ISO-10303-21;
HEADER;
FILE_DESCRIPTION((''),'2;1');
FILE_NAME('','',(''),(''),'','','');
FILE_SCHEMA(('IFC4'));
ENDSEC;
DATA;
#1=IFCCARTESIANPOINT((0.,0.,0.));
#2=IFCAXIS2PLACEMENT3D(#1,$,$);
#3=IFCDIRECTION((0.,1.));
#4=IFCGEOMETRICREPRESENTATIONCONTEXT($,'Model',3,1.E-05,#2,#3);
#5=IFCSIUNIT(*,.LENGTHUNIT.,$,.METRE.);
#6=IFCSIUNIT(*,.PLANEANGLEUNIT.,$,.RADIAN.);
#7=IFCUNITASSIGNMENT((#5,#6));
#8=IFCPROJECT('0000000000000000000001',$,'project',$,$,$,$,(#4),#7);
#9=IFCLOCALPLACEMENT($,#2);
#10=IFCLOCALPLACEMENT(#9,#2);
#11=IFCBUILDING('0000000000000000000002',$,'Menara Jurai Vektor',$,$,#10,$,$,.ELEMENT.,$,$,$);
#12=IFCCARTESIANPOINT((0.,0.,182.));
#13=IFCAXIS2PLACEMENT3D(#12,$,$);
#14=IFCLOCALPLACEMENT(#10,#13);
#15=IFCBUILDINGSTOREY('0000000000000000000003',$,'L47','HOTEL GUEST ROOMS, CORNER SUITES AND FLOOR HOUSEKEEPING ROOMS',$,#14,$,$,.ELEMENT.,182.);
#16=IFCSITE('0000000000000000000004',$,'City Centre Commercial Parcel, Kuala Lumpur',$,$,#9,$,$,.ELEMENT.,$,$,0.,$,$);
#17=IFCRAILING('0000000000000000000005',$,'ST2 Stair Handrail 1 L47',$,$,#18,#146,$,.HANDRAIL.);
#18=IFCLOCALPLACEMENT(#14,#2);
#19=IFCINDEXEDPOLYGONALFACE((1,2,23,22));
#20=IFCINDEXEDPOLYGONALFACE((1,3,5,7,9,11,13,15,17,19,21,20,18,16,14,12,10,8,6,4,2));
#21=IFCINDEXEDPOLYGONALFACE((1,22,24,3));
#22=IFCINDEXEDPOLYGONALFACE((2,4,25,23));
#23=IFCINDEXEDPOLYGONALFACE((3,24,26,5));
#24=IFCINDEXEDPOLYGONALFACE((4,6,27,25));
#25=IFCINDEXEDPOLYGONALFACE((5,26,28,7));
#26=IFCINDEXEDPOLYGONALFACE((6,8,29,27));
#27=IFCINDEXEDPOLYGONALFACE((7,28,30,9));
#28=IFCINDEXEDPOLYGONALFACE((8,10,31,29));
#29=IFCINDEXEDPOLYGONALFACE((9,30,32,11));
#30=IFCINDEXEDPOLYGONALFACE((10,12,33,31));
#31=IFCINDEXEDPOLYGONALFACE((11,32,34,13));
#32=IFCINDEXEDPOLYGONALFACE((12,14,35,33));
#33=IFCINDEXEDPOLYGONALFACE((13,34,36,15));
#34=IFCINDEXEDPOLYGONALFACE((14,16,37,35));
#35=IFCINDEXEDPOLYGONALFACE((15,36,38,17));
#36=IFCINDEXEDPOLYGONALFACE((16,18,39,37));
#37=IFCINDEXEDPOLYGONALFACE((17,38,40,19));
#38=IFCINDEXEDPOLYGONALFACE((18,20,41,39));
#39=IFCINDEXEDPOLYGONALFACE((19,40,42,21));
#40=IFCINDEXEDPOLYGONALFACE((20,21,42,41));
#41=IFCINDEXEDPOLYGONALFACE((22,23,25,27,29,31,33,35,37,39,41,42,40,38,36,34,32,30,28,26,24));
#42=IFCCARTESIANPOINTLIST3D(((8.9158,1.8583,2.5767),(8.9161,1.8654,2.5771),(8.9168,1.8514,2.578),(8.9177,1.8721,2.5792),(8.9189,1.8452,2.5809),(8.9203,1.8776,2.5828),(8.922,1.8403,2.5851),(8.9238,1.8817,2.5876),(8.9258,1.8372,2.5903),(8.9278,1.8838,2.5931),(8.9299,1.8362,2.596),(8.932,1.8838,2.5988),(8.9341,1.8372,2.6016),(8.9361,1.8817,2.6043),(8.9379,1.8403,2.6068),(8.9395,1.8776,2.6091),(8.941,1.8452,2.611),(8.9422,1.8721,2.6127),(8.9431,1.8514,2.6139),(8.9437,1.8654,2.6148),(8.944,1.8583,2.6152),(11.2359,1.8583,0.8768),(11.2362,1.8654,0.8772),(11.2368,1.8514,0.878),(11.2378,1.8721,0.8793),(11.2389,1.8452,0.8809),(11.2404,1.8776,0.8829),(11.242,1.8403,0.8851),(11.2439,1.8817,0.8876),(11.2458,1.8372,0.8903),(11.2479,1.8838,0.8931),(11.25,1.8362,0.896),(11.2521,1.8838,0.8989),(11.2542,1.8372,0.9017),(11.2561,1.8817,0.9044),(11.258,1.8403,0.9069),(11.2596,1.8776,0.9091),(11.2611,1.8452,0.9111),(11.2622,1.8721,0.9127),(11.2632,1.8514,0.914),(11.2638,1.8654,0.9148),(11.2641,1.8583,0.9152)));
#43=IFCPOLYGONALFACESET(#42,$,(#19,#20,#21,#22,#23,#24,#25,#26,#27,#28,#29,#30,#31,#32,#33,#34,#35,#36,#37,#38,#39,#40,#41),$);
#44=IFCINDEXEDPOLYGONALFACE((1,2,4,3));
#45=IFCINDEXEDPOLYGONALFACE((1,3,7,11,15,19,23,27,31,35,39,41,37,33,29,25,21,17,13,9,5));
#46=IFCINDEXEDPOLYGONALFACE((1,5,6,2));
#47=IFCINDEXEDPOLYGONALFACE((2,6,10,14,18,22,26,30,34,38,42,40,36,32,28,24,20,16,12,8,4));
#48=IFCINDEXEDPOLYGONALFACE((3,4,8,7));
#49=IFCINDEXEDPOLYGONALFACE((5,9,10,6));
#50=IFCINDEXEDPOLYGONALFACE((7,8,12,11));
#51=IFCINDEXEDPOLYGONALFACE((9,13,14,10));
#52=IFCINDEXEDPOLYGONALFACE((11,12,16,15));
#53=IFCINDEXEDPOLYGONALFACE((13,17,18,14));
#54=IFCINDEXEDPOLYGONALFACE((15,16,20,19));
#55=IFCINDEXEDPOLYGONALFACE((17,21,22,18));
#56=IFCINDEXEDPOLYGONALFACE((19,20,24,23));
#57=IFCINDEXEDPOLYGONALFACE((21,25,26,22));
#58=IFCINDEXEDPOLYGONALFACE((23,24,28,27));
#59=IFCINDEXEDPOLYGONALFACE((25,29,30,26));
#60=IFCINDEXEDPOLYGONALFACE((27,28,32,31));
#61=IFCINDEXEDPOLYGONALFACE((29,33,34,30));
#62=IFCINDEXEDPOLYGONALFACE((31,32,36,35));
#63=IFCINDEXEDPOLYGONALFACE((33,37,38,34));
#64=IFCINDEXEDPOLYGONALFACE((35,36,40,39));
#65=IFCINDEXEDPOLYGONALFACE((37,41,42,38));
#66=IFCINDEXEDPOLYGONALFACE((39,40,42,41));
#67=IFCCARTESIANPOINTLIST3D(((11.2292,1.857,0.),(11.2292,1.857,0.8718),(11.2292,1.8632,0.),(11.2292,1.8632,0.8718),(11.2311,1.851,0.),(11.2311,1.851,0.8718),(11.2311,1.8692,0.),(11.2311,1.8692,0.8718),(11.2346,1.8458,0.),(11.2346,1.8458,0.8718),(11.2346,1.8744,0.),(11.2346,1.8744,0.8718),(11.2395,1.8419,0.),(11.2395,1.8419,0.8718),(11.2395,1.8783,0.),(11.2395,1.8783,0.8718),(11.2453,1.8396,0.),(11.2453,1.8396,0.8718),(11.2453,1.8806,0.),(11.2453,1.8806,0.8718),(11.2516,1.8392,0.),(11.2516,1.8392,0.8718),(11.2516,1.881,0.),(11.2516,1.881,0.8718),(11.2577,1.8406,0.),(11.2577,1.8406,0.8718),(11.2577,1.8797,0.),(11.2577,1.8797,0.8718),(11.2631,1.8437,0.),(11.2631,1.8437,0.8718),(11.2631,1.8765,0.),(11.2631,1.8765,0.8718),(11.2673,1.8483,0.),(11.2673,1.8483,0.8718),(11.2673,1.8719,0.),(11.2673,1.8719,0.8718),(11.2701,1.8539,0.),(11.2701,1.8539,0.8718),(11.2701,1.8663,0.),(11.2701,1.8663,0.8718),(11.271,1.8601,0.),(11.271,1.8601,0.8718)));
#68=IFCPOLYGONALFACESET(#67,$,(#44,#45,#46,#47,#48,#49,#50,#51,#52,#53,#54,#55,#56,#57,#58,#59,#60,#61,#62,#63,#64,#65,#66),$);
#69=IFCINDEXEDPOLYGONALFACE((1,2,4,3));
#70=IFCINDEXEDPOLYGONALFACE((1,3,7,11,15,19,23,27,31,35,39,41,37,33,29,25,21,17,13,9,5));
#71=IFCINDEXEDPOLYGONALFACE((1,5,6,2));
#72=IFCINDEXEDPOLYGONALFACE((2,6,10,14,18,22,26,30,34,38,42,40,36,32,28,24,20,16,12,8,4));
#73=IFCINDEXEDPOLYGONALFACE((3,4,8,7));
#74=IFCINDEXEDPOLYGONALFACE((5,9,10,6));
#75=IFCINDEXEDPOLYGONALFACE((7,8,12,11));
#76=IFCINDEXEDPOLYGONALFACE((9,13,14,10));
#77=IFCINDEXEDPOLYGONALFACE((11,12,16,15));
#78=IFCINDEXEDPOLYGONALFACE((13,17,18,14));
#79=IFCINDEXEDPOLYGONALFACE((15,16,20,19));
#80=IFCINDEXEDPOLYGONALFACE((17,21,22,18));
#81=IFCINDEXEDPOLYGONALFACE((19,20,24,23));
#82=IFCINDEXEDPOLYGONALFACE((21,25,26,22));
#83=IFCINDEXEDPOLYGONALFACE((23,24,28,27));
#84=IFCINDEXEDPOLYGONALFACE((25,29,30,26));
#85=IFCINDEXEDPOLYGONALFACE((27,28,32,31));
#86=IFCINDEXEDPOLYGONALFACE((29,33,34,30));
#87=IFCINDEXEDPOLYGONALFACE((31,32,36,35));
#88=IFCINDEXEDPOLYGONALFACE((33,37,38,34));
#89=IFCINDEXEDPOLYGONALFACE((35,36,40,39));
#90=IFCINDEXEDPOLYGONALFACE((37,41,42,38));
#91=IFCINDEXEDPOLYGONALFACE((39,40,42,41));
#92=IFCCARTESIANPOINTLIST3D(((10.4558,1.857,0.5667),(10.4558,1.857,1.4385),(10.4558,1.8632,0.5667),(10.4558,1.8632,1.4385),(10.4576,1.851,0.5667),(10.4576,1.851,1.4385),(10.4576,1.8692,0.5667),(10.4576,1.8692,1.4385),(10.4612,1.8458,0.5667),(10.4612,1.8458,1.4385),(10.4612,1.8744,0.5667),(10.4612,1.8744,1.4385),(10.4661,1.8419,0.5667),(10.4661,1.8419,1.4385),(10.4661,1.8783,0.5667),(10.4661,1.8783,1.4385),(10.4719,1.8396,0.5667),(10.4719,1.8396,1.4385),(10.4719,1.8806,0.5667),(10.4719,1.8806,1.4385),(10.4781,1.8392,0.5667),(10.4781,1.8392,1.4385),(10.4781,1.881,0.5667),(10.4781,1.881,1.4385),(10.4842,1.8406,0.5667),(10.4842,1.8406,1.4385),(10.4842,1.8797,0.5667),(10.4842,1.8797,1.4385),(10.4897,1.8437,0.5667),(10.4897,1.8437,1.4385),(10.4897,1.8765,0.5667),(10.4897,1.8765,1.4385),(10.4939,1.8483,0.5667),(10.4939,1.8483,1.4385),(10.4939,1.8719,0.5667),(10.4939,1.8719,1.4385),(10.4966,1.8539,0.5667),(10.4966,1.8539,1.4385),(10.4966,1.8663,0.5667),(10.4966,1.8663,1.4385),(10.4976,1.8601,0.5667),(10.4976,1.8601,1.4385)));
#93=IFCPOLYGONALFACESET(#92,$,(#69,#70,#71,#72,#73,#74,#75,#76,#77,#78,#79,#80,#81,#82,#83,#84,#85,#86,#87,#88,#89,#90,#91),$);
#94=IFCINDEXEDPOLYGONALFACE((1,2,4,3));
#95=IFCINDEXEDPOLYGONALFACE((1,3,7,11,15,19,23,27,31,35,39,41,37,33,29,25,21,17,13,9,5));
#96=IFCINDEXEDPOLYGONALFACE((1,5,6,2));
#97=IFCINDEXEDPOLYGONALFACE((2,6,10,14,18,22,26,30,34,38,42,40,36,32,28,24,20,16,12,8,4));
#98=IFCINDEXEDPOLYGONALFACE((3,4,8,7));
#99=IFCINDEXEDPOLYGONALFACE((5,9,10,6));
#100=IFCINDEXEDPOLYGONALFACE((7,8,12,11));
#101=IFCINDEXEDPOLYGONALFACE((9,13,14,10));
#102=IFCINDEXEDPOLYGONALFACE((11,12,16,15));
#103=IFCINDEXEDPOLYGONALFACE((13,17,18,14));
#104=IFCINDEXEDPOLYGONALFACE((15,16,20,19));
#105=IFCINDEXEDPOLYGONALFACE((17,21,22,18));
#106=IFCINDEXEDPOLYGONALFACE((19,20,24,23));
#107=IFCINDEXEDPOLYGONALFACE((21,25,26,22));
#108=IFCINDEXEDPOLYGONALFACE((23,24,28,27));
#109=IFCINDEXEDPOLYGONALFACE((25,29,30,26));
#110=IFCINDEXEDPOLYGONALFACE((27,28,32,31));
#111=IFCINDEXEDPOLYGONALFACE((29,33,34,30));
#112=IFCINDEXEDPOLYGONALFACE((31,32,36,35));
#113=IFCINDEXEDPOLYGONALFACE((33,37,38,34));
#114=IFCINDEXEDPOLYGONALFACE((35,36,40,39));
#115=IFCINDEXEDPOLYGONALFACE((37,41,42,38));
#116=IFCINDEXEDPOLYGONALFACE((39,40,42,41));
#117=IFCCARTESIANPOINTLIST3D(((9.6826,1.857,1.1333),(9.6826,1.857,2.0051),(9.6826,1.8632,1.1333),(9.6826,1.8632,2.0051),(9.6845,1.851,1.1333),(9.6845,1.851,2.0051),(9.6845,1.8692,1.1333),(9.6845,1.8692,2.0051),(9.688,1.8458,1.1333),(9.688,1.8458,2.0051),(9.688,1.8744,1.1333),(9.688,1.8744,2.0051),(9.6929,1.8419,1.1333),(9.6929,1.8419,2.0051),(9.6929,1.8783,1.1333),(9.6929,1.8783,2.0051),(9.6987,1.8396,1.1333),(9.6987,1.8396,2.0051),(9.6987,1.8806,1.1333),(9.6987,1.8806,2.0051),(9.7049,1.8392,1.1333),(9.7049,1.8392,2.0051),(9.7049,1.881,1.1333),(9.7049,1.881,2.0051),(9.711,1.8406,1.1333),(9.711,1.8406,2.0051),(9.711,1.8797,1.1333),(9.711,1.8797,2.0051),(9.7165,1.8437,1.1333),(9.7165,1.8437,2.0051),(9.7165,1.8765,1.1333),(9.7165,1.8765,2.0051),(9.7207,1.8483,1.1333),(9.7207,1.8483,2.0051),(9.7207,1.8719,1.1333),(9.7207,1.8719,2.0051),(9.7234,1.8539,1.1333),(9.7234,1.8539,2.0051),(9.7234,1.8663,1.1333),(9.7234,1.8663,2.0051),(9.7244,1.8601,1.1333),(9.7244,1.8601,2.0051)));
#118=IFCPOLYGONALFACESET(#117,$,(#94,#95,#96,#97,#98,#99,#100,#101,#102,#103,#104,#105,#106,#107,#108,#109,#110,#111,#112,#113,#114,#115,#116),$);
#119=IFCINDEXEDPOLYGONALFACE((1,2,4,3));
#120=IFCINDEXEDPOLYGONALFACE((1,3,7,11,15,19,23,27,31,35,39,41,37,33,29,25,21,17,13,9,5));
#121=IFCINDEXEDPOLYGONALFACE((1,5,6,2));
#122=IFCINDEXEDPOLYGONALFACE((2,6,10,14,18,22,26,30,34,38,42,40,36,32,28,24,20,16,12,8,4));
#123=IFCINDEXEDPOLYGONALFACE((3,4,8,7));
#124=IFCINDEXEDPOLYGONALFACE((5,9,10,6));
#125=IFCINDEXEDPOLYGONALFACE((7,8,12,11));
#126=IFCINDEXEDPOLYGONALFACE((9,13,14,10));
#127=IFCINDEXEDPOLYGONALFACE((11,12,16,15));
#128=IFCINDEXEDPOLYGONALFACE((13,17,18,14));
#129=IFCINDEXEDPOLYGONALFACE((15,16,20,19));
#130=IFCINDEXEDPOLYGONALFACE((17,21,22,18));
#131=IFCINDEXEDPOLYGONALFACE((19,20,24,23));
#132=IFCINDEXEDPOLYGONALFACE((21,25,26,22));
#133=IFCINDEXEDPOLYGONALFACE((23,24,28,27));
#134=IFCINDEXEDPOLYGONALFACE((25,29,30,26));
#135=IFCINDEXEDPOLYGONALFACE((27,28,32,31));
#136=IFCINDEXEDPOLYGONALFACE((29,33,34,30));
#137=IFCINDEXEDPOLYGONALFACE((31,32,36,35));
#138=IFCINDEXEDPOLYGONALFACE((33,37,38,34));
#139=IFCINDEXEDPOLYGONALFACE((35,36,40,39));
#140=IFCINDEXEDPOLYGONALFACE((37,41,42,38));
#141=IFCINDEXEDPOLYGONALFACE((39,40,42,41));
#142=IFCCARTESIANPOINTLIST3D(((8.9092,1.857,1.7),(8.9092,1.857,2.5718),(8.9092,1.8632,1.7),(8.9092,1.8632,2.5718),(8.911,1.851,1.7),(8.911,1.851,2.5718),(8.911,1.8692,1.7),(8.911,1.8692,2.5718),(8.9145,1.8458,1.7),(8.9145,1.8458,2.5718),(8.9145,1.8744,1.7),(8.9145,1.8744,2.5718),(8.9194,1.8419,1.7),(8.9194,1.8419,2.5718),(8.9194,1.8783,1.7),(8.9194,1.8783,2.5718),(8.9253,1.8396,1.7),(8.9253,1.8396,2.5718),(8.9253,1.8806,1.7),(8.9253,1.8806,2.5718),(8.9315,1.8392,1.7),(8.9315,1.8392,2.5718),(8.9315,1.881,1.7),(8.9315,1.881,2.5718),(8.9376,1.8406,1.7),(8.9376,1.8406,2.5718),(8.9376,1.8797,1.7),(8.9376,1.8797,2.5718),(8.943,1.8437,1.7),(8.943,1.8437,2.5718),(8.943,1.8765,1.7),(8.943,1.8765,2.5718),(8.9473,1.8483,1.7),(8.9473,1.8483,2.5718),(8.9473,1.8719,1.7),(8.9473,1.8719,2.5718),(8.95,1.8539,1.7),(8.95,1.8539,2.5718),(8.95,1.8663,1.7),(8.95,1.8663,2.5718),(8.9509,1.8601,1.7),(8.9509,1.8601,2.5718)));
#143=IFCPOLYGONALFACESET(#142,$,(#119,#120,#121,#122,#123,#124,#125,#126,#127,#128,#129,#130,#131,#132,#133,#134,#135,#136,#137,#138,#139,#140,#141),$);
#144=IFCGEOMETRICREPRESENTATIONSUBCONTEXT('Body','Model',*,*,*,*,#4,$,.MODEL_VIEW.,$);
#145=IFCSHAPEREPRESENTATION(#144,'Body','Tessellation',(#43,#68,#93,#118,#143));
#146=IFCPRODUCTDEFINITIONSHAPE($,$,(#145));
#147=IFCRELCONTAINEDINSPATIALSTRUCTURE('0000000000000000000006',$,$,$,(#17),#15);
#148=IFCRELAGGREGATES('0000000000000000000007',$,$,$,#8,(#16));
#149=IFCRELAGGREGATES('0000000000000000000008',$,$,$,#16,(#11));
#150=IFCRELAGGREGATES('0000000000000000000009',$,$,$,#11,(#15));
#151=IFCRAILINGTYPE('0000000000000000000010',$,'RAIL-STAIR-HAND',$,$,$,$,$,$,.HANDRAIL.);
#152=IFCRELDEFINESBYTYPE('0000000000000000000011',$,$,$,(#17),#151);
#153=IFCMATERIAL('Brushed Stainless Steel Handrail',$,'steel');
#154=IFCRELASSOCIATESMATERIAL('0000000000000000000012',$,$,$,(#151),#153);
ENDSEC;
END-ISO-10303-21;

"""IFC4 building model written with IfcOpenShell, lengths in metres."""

from ifc_helpers import new_model, si_unit, direction, frame, origin, origin_2d, place, context, subcontext, project, spatial, circle, extrude, material, type_object, element, save


model = new_model("IFC4")

# Units and contexts
model_context = context("Model", 3, precision=1e-05, world=origin(), true_north=direction((0.0, 1.0)))
body_context = subcontext(model_context, "Body", "Model", "MODEL_VIEW")
ifc_project = project(units=[si_unit("LENGTHUNIT", "METRE"), si_unit("PLANEANGLEUNIT", "RADIAN")], contexts=[model_context])

# Site, building, storey
site_placement = place(None, origin())
site = spatial("IfcSite", under=ifc_project, at=site_placement, Name="City Centre Commercial Parcel, Kuala Lumpur", CompositionType="ELEMENT", RefElevation=0.0)
building_placement = place(site_placement, origin())
building = spatial("IfcBuilding", under=site, at=building_placement, Name="Menara Jurai Vektor", CompositionType="ELEMENT")
storey_placement = place(building_placement, frame((0.0, 0.0, 182.0)))
storey = spatial("IfcBuildingStorey", under=building, at=storey_placement, Name="L47", Description="HOTEL GUEST ROOMS, CORNER SUITES AND FLOOR HOUSEKEEPING ROOMS", CompositionType="ELEMENT", Elevation=182.0)

# Railing
ifc_material_1 = material(Name="Brushed Stainless Steel Handrail", Category="steel")
railing_type_1 = type_object("IfcRailingType", Name="RAIL-STAIR-HAND", PredefinedType="HANDRAIL", material=ifc_material_1)
railing_1_placement = place(storey_placement, frame((11.25, 1.8601, 0.0)))
element("IfcRailing", 1, at=railing_1_placement, inside=storey, type_object=railing_type_1, Name="ST2 Stair Handrail 1 L47", PredefinedType="HANDRAIL", context=body_context, shape_type="SweptSolid", body=[
    extrude(circle(Radius=0.0239, at=origin_2d()), frame((0.0, 0.0, 0.896), z_axis=(-0.806642, 0.0, 0.59104), x_axis=(0.0, -1.0, 0.0)), (0.0, 0.0, 1.0), 2.8762),
    extrude(circle(Radius=0.021, at=origin_2d()), origin(), (0.0, 0.0, 1.0), 0.8718),
    extrude(circle(Radius=0.021, at=origin_2d()), frame((-0.7734, 0.0, 0.5667)), (0.0, 0.0, 1.0), 0.8718),
    extrude(circle(Radius=0.021, at=origin_2d()), frame((-1.5466, 0.0, 1.1333)), (0.0, 0.0, 1.0), 0.8718),
    extrude(circle(Radius=0.021, at=origin_2d()), frame((-2.3201, 0.0, 1.7)), (0.0, 0.0, 1.0), 0.8718),
])

save(model, "model.ifc")
